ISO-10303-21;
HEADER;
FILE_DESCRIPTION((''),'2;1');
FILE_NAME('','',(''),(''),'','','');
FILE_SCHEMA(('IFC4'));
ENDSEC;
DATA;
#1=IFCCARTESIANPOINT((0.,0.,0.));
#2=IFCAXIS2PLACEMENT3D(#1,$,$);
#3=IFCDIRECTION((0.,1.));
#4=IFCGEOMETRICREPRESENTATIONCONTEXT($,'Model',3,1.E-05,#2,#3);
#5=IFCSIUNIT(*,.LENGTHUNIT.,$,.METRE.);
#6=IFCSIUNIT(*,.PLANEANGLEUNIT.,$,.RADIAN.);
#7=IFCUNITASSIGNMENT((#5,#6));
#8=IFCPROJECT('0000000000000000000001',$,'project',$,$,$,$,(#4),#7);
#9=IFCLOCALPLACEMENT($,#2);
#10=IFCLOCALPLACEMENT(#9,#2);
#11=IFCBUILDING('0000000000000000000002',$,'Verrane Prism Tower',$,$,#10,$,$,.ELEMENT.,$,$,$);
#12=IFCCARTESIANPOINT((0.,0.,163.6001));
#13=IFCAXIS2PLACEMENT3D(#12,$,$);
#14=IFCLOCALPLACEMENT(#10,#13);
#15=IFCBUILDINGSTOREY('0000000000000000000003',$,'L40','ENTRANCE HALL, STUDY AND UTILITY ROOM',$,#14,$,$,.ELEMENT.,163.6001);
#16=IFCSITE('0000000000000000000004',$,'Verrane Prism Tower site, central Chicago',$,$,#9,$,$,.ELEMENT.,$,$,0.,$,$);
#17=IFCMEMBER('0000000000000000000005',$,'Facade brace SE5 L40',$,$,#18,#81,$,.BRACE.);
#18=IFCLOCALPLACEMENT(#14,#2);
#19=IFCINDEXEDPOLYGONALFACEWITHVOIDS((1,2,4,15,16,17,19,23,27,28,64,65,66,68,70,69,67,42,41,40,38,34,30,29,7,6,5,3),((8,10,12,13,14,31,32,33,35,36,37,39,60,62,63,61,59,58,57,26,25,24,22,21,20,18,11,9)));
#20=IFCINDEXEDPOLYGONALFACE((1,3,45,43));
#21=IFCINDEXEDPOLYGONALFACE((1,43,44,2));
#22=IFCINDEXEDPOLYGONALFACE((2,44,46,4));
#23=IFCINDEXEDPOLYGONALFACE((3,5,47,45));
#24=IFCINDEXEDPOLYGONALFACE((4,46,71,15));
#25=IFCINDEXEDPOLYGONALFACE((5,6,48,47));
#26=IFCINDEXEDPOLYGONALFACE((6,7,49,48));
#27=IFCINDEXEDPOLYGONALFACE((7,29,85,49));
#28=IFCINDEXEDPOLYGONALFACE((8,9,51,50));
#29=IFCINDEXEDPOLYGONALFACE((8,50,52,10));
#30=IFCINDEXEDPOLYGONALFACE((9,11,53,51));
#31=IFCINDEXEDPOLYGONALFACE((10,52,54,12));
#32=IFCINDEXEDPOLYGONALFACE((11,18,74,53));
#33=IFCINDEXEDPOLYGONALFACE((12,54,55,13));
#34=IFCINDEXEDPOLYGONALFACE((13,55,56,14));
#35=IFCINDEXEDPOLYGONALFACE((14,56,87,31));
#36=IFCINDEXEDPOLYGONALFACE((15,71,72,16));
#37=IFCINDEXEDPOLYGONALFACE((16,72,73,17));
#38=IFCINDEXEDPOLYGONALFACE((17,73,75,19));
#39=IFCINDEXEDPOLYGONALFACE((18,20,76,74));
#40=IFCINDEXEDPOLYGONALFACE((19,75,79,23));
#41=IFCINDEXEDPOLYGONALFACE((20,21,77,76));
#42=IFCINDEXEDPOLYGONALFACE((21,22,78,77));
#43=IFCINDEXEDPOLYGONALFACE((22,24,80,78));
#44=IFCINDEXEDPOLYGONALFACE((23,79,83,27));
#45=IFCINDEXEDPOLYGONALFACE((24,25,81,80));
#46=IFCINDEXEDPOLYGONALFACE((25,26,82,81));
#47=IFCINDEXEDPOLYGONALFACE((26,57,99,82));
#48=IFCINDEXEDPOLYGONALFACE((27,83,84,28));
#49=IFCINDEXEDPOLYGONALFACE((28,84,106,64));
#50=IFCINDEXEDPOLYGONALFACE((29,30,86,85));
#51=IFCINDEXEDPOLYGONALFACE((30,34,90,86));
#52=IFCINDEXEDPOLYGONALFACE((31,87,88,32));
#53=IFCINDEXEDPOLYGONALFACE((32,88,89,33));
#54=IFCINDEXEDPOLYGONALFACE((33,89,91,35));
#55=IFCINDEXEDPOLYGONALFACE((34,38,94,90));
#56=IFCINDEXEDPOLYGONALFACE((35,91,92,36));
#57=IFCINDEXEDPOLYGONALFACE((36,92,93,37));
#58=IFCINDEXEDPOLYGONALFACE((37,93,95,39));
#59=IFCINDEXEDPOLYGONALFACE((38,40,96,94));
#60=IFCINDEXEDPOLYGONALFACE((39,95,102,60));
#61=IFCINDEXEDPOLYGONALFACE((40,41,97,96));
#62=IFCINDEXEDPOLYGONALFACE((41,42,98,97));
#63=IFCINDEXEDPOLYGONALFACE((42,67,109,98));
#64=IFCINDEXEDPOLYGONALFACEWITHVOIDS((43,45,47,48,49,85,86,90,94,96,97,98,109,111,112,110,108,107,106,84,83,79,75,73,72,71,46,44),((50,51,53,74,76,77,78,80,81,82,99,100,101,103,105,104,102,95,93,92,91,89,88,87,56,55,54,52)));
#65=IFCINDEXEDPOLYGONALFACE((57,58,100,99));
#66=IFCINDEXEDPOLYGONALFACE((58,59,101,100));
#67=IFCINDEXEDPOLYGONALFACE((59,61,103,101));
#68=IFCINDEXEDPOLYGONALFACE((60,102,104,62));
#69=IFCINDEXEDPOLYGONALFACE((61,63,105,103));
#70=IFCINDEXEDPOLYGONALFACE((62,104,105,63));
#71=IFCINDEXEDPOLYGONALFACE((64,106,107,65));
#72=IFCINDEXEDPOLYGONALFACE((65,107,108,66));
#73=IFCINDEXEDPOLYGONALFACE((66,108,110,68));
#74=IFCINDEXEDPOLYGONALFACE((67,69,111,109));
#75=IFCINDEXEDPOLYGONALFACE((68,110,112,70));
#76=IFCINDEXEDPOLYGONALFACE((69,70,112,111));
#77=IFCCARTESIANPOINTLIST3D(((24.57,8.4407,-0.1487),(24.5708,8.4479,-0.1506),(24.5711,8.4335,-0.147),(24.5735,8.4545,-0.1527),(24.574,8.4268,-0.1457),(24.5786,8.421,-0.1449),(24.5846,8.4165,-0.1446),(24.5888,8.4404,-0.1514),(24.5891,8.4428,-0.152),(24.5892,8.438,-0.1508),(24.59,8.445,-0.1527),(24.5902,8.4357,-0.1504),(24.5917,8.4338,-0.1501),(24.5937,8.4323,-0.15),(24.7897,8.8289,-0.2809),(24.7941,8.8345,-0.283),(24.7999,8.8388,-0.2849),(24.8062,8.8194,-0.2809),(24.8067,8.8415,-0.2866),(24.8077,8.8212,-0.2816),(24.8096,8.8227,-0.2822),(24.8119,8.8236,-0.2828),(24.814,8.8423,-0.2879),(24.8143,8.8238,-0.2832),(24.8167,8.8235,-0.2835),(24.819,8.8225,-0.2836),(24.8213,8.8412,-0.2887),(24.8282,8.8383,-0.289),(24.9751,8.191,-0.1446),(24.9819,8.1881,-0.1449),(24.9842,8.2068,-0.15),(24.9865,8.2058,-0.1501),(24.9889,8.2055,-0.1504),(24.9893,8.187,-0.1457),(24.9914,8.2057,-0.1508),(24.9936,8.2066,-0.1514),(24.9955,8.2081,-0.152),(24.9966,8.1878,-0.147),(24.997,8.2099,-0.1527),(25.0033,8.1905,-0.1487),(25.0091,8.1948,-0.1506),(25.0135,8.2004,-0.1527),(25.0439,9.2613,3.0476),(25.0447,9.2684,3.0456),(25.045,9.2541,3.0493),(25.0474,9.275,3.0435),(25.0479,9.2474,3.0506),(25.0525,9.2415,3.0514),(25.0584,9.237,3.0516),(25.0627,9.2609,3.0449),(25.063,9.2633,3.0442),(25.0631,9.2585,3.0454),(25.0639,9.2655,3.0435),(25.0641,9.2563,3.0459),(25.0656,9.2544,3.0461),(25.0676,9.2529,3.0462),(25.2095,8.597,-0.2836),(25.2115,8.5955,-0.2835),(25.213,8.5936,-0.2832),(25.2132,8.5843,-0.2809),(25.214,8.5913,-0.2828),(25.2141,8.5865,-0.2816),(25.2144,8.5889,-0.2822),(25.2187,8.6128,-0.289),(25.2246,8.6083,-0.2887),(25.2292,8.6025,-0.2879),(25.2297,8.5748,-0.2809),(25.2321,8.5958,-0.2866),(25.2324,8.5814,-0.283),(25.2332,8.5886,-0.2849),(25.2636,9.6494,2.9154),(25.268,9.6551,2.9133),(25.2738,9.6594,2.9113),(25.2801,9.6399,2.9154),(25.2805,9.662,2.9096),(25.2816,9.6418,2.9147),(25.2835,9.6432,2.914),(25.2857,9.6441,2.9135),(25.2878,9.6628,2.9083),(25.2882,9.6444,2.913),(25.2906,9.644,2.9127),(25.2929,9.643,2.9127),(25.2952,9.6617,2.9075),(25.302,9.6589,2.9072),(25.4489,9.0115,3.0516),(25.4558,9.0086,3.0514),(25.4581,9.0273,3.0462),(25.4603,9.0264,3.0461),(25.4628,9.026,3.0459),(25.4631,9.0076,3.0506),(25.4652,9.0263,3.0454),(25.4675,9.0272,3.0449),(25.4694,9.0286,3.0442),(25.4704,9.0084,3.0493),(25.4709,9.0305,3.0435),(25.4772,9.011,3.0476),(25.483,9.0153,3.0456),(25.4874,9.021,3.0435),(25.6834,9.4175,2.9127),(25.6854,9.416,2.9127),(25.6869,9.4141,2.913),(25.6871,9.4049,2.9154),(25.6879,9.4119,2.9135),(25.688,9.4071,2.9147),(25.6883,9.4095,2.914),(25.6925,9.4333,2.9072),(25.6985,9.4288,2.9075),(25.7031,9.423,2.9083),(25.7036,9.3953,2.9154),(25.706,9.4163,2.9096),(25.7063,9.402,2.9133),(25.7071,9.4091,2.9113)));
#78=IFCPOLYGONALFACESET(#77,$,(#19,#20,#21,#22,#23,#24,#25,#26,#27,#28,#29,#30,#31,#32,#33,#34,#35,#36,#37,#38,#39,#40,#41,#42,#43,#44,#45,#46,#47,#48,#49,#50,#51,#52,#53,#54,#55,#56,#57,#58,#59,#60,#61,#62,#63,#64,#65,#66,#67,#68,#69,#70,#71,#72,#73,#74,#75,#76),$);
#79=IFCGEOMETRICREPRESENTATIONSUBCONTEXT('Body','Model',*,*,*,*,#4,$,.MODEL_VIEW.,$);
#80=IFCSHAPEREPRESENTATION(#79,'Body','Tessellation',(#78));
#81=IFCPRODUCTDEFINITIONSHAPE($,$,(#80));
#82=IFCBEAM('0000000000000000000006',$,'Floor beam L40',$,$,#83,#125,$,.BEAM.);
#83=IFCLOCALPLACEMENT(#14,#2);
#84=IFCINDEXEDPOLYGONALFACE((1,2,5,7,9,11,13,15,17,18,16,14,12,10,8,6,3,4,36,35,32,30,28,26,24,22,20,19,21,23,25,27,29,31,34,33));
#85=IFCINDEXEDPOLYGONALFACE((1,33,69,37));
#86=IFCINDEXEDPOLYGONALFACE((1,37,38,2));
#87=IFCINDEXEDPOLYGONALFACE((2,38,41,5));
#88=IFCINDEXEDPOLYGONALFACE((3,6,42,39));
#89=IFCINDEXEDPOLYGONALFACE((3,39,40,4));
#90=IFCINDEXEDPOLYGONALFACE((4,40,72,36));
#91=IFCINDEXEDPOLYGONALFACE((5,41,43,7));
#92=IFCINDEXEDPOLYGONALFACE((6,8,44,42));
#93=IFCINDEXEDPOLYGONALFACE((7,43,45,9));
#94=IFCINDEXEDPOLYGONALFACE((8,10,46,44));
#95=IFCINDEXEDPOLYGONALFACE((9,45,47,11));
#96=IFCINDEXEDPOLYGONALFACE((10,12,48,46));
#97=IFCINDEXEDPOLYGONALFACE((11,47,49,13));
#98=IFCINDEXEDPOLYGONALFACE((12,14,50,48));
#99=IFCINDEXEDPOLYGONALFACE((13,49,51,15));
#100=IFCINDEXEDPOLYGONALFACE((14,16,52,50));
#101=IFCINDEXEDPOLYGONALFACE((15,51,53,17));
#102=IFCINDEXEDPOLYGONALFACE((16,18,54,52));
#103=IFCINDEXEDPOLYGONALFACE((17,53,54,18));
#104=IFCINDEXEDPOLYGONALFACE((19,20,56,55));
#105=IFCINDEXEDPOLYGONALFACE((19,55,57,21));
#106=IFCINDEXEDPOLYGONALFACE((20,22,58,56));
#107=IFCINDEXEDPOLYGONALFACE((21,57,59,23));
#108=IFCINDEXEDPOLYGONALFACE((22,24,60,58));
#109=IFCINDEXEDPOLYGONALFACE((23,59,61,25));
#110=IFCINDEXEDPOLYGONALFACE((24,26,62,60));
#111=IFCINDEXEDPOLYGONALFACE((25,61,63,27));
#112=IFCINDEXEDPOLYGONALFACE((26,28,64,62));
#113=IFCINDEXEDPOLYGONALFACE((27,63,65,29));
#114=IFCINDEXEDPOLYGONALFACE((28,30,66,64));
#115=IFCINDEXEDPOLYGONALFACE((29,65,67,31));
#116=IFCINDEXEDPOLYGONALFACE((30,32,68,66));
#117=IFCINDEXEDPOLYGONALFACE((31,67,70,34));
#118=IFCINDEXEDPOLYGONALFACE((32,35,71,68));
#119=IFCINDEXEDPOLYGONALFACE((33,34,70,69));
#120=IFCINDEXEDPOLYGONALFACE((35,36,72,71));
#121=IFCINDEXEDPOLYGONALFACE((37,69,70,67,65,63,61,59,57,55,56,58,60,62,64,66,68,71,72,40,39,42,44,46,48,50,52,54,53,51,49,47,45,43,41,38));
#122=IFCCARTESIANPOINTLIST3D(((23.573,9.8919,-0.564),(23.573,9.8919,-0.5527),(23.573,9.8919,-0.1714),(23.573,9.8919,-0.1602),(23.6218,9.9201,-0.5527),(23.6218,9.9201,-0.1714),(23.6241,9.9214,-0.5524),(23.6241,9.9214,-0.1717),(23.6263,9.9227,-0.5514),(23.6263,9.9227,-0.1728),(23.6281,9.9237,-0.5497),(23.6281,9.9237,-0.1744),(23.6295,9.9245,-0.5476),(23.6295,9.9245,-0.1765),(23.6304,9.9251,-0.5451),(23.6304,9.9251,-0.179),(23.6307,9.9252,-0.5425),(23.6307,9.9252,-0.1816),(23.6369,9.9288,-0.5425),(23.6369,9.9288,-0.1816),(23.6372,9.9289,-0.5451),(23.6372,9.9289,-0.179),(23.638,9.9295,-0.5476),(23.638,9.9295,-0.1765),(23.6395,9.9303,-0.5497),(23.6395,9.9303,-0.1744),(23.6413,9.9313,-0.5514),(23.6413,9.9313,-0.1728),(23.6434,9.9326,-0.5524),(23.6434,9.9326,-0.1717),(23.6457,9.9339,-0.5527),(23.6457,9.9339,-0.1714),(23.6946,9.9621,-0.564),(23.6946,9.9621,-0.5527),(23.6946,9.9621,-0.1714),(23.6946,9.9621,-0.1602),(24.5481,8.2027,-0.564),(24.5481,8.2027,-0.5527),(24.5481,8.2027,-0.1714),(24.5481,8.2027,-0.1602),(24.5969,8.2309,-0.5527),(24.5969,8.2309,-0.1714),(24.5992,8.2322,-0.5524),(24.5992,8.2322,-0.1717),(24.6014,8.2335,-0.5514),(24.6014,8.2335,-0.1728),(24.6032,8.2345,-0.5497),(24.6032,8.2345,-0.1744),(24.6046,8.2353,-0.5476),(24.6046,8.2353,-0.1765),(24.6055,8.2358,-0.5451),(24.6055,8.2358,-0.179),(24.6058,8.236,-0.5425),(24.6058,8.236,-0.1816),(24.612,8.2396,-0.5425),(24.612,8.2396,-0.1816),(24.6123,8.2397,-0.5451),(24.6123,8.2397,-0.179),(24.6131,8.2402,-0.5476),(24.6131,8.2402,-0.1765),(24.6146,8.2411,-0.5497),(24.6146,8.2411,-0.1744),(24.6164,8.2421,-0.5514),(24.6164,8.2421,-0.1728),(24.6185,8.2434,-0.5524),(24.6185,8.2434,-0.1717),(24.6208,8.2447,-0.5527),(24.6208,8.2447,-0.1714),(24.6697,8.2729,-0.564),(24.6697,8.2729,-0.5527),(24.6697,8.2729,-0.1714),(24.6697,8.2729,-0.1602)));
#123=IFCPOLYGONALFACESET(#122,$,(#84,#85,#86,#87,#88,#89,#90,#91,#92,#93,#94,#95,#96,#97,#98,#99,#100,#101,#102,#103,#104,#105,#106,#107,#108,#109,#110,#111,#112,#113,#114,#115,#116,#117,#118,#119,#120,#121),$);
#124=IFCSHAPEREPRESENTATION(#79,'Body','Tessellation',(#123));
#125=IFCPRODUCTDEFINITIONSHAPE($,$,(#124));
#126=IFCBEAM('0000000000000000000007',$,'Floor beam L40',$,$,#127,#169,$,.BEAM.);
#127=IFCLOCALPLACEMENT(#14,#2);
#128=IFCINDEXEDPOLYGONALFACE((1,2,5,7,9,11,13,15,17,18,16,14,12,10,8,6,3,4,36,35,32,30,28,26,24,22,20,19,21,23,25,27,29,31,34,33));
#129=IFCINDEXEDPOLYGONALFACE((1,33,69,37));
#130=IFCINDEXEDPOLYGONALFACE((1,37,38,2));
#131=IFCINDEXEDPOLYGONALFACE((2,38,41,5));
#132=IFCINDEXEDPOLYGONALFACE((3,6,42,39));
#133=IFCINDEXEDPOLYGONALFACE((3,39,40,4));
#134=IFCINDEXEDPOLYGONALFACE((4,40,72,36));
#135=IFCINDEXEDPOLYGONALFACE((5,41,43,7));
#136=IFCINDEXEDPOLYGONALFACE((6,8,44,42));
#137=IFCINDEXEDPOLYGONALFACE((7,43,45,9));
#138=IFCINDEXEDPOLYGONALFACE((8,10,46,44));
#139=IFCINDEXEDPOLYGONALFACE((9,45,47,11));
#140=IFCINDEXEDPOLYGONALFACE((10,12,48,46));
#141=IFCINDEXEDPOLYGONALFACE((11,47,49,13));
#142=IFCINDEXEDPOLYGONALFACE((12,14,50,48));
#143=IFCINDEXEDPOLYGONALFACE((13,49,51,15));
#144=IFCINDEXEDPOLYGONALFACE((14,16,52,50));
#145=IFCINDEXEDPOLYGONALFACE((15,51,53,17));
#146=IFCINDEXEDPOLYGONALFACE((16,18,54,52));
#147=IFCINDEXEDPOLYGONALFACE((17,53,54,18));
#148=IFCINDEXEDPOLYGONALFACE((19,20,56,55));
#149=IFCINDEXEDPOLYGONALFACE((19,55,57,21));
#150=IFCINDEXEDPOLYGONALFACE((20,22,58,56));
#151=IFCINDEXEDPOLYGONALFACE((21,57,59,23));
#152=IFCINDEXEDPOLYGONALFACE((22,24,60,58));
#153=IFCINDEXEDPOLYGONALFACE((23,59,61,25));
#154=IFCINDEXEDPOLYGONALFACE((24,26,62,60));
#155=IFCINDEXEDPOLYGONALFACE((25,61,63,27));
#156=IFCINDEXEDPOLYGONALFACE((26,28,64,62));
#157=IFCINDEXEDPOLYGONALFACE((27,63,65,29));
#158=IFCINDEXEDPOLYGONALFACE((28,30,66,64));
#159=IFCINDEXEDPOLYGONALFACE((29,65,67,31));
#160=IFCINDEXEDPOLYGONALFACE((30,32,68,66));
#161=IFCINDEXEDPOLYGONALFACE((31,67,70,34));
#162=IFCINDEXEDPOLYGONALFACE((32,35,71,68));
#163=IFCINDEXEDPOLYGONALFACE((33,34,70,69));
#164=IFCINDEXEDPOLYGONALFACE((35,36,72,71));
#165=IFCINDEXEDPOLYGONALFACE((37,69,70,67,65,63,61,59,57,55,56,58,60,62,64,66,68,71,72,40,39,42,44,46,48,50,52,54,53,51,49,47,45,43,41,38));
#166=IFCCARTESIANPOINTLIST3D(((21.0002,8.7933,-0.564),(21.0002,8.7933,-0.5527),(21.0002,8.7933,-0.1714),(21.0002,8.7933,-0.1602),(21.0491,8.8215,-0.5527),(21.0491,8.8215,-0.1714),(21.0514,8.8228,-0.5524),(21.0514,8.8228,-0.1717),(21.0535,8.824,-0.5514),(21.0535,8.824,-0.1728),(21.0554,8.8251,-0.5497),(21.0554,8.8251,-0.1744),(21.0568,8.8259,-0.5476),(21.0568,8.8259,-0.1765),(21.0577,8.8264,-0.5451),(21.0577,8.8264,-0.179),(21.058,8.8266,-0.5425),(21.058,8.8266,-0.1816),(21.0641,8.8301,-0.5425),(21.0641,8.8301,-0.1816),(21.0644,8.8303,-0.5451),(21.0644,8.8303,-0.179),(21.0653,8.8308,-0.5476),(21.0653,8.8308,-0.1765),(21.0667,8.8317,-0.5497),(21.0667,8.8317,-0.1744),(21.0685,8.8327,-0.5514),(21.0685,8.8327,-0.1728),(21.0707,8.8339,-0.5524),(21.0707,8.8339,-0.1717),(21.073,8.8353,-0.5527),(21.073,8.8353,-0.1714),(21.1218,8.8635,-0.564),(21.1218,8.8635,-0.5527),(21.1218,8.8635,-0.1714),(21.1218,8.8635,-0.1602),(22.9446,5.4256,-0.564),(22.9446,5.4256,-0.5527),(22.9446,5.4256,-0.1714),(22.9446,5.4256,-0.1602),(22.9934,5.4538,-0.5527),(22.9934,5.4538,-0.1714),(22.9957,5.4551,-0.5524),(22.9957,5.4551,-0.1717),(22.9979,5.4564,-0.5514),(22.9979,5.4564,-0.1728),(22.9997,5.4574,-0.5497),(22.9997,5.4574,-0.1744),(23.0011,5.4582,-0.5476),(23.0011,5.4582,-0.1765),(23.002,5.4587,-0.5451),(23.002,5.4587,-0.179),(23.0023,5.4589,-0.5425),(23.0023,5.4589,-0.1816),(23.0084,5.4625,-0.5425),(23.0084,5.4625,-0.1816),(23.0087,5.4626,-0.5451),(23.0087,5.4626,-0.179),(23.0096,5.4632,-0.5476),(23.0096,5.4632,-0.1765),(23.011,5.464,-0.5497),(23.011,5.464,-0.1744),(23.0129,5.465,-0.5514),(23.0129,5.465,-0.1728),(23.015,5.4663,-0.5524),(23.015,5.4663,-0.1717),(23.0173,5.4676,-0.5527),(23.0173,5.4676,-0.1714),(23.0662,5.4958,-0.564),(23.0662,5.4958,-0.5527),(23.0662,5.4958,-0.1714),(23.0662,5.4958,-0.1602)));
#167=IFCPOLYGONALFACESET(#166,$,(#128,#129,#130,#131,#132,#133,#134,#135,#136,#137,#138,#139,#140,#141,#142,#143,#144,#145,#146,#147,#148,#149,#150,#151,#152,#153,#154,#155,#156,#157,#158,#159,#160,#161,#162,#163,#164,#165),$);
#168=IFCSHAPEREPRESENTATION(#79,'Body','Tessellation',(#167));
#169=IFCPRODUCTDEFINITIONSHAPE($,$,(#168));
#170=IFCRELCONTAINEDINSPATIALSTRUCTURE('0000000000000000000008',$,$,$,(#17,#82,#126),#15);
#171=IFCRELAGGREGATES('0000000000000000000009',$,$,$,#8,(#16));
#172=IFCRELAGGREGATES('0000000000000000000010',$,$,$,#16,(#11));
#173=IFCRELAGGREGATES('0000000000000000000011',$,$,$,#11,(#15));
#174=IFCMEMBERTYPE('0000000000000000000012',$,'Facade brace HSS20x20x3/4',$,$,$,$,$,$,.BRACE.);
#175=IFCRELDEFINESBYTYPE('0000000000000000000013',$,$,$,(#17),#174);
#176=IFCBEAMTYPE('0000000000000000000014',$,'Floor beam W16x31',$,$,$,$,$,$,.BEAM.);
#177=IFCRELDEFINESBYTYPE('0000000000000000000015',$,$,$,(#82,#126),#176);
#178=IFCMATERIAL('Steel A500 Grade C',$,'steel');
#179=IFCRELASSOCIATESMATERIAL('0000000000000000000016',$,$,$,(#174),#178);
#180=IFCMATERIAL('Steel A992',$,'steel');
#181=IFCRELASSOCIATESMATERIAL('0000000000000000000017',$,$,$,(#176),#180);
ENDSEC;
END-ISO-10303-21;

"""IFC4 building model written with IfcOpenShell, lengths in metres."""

from ifc_helpers import new_model, si_unit, direction, frame, origin, origin_2d, place, context, subcontext, project, spatial, hollow_rectangle, i_section, extrude, material, material_profile, profile_set, type_object, element, save


model = new_model("IFC4")

# Units and contexts
model_context = context("Model", 3, precision=1e-05, world=origin(), true_north=direction((0.0, 1.0)))
body_context = subcontext(model_context, "Body", "Model", "MODEL_VIEW")
ifc_project = project(units=[si_unit("LENGTHUNIT", "METRE"), si_unit("PLANEANGLEUNIT", "RADIAN")], contexts=[model_context])

# Site, building, storey
site_placement = place(None, origin())
site = spatial("IfcSite", under=ifc_project, at=site_placement, Name="Verrane Prism Tower site, central Chicago", CompositionType="ELEMENT", RefElevation=0.0)
building_placement = place(site_placement, origin())
building = spatial("IfcBuilding", under=site, at=building_placement, Name="Verrane Prism Tower", CompositionType="ELEMENT")
storey_placement = place(building_placement, frame((0.0, 0.0, 163.6001)))
storey = spatial("IfcBuildingStorey", under=building, at=storey_placement, Name="L40", Description="ENTRANCE HALL, STUDY AND UTILITY ROOM", CompositionType="ELEMENT", Elevation=163.6001)

# Member
ifc_material_1 = material(Name="Steel A500 Grade C", Category="steel")
ifc_material_profile_1 = material_profile(ifc_material_1, hollow_rectangle(XDim=0.5081, YDim=0.5081, WallThickness=0.019, InnerFilletRadius=0.0095, OuterFilletRadius=0.0286, at=origin_2d()), Name="HSS20x20x3/4")
ifc_profile_set_1 = profile_set([ifc_material_profile_1], Name="Steel A500 Grade C")
member_type_1 = type_object("IfcMemberType", Name="Facade brace HSS20x20x3/4", PredefinedType="BRACE", material=ifc_profile_set_1)
for number, where, z_axis, x_axis, name in (
    (1, (24.9016, 8.5146, -0.2168), (0.142144, 0.246133, 0.958756), (-0.865967, 0.500102, 0.0), "Facade brace SE5 L40"),
):
    element("IfcMember", number, at=place(storey_placement, frame(where, z_axis=z_axis, x_axis=x_axis)), inside=storey, type_object=member_type_1, Name=name, PredefinedType="BRACE", context=body_context, shape_type="SweptSolid", body=[
        extrude(hollow_rectangle(XDim=0.5081, YDim=0.5081, WallThickness=0.019, InnerFilletRadius=0.0095, OuterFilletRadius=0.0286, at=origin_2d()), origin(), (0.0, 0.0, 1.0), 3.3337),
    ])

# Beams
ifc_material_2 = material(Name="Steel A992", Category="steel")
ifc_material_profile_2 = material_profile(ifc_material_2, i_section(OverallWidth=0.1404, OverallDepth=0.4038, WebThickness=0.0071, FlangeThickness=0.0112, FilletRadius=0.0103, at=origin_2d()), Name="W16x31")
ifc_profile_set_2 = profile_set([ifc_material_profile_2], Name="Steel A992")
beam_type_1 = type_object("IfcBeamType", Name="Floor beam W16x31", PredefinedType="BEAM", material=ifc_profile_set_2)
beam_1_placement = place(storey_placement, frame((24.6089, 8.2378, -0.3621), z_axis=(-0.499936, 0.866063, 0.0), x_axis=(-0.866063, -0.499936, 0.0)))
element("IfcBeam", 2, at=beam_1_placement, inside=storey, type_object=beam_type_1, Name="Floor beam L40", PredefinedType="BEAM", context=body_context, shape_type="SweptSolid", body=[
    extrude(i_section(OverallWidth=0.1404, OverallDepth=0.4038, WebThickness=0.0071, FlangeThickness=0.0112, FilletRadius=0.0103, at=origin_2d()), origin(), (0.0, 0.0, 1.0), 1.9504),
])
beam_2_placement = place(storey_placement, frame((23.0054, 5.4607, -0.3621), z_axis=(-0.500001, 0.866025, 0.0), x_axis=(-0.866025, -0.500001, 0.0)))
element("IfcBeam", 3, at=beam_2_placement, inside=storey, type_object=beam_type_1, Name="Floor beam L40", PredefinedType="BEAM", context=body_context, shape_type="SweptSolid", body=[
    extrude(i_section(OverallWidth=0.1404, OverallDepth=0.4038, WebThickness=0.0071, FlangeThickness=0.0112, FilletRadius=0.0103, at=origin_2d()), origin(), (0.0, 0.0, 1.0), 3.8887),
])

save(model, "model.ifc")
